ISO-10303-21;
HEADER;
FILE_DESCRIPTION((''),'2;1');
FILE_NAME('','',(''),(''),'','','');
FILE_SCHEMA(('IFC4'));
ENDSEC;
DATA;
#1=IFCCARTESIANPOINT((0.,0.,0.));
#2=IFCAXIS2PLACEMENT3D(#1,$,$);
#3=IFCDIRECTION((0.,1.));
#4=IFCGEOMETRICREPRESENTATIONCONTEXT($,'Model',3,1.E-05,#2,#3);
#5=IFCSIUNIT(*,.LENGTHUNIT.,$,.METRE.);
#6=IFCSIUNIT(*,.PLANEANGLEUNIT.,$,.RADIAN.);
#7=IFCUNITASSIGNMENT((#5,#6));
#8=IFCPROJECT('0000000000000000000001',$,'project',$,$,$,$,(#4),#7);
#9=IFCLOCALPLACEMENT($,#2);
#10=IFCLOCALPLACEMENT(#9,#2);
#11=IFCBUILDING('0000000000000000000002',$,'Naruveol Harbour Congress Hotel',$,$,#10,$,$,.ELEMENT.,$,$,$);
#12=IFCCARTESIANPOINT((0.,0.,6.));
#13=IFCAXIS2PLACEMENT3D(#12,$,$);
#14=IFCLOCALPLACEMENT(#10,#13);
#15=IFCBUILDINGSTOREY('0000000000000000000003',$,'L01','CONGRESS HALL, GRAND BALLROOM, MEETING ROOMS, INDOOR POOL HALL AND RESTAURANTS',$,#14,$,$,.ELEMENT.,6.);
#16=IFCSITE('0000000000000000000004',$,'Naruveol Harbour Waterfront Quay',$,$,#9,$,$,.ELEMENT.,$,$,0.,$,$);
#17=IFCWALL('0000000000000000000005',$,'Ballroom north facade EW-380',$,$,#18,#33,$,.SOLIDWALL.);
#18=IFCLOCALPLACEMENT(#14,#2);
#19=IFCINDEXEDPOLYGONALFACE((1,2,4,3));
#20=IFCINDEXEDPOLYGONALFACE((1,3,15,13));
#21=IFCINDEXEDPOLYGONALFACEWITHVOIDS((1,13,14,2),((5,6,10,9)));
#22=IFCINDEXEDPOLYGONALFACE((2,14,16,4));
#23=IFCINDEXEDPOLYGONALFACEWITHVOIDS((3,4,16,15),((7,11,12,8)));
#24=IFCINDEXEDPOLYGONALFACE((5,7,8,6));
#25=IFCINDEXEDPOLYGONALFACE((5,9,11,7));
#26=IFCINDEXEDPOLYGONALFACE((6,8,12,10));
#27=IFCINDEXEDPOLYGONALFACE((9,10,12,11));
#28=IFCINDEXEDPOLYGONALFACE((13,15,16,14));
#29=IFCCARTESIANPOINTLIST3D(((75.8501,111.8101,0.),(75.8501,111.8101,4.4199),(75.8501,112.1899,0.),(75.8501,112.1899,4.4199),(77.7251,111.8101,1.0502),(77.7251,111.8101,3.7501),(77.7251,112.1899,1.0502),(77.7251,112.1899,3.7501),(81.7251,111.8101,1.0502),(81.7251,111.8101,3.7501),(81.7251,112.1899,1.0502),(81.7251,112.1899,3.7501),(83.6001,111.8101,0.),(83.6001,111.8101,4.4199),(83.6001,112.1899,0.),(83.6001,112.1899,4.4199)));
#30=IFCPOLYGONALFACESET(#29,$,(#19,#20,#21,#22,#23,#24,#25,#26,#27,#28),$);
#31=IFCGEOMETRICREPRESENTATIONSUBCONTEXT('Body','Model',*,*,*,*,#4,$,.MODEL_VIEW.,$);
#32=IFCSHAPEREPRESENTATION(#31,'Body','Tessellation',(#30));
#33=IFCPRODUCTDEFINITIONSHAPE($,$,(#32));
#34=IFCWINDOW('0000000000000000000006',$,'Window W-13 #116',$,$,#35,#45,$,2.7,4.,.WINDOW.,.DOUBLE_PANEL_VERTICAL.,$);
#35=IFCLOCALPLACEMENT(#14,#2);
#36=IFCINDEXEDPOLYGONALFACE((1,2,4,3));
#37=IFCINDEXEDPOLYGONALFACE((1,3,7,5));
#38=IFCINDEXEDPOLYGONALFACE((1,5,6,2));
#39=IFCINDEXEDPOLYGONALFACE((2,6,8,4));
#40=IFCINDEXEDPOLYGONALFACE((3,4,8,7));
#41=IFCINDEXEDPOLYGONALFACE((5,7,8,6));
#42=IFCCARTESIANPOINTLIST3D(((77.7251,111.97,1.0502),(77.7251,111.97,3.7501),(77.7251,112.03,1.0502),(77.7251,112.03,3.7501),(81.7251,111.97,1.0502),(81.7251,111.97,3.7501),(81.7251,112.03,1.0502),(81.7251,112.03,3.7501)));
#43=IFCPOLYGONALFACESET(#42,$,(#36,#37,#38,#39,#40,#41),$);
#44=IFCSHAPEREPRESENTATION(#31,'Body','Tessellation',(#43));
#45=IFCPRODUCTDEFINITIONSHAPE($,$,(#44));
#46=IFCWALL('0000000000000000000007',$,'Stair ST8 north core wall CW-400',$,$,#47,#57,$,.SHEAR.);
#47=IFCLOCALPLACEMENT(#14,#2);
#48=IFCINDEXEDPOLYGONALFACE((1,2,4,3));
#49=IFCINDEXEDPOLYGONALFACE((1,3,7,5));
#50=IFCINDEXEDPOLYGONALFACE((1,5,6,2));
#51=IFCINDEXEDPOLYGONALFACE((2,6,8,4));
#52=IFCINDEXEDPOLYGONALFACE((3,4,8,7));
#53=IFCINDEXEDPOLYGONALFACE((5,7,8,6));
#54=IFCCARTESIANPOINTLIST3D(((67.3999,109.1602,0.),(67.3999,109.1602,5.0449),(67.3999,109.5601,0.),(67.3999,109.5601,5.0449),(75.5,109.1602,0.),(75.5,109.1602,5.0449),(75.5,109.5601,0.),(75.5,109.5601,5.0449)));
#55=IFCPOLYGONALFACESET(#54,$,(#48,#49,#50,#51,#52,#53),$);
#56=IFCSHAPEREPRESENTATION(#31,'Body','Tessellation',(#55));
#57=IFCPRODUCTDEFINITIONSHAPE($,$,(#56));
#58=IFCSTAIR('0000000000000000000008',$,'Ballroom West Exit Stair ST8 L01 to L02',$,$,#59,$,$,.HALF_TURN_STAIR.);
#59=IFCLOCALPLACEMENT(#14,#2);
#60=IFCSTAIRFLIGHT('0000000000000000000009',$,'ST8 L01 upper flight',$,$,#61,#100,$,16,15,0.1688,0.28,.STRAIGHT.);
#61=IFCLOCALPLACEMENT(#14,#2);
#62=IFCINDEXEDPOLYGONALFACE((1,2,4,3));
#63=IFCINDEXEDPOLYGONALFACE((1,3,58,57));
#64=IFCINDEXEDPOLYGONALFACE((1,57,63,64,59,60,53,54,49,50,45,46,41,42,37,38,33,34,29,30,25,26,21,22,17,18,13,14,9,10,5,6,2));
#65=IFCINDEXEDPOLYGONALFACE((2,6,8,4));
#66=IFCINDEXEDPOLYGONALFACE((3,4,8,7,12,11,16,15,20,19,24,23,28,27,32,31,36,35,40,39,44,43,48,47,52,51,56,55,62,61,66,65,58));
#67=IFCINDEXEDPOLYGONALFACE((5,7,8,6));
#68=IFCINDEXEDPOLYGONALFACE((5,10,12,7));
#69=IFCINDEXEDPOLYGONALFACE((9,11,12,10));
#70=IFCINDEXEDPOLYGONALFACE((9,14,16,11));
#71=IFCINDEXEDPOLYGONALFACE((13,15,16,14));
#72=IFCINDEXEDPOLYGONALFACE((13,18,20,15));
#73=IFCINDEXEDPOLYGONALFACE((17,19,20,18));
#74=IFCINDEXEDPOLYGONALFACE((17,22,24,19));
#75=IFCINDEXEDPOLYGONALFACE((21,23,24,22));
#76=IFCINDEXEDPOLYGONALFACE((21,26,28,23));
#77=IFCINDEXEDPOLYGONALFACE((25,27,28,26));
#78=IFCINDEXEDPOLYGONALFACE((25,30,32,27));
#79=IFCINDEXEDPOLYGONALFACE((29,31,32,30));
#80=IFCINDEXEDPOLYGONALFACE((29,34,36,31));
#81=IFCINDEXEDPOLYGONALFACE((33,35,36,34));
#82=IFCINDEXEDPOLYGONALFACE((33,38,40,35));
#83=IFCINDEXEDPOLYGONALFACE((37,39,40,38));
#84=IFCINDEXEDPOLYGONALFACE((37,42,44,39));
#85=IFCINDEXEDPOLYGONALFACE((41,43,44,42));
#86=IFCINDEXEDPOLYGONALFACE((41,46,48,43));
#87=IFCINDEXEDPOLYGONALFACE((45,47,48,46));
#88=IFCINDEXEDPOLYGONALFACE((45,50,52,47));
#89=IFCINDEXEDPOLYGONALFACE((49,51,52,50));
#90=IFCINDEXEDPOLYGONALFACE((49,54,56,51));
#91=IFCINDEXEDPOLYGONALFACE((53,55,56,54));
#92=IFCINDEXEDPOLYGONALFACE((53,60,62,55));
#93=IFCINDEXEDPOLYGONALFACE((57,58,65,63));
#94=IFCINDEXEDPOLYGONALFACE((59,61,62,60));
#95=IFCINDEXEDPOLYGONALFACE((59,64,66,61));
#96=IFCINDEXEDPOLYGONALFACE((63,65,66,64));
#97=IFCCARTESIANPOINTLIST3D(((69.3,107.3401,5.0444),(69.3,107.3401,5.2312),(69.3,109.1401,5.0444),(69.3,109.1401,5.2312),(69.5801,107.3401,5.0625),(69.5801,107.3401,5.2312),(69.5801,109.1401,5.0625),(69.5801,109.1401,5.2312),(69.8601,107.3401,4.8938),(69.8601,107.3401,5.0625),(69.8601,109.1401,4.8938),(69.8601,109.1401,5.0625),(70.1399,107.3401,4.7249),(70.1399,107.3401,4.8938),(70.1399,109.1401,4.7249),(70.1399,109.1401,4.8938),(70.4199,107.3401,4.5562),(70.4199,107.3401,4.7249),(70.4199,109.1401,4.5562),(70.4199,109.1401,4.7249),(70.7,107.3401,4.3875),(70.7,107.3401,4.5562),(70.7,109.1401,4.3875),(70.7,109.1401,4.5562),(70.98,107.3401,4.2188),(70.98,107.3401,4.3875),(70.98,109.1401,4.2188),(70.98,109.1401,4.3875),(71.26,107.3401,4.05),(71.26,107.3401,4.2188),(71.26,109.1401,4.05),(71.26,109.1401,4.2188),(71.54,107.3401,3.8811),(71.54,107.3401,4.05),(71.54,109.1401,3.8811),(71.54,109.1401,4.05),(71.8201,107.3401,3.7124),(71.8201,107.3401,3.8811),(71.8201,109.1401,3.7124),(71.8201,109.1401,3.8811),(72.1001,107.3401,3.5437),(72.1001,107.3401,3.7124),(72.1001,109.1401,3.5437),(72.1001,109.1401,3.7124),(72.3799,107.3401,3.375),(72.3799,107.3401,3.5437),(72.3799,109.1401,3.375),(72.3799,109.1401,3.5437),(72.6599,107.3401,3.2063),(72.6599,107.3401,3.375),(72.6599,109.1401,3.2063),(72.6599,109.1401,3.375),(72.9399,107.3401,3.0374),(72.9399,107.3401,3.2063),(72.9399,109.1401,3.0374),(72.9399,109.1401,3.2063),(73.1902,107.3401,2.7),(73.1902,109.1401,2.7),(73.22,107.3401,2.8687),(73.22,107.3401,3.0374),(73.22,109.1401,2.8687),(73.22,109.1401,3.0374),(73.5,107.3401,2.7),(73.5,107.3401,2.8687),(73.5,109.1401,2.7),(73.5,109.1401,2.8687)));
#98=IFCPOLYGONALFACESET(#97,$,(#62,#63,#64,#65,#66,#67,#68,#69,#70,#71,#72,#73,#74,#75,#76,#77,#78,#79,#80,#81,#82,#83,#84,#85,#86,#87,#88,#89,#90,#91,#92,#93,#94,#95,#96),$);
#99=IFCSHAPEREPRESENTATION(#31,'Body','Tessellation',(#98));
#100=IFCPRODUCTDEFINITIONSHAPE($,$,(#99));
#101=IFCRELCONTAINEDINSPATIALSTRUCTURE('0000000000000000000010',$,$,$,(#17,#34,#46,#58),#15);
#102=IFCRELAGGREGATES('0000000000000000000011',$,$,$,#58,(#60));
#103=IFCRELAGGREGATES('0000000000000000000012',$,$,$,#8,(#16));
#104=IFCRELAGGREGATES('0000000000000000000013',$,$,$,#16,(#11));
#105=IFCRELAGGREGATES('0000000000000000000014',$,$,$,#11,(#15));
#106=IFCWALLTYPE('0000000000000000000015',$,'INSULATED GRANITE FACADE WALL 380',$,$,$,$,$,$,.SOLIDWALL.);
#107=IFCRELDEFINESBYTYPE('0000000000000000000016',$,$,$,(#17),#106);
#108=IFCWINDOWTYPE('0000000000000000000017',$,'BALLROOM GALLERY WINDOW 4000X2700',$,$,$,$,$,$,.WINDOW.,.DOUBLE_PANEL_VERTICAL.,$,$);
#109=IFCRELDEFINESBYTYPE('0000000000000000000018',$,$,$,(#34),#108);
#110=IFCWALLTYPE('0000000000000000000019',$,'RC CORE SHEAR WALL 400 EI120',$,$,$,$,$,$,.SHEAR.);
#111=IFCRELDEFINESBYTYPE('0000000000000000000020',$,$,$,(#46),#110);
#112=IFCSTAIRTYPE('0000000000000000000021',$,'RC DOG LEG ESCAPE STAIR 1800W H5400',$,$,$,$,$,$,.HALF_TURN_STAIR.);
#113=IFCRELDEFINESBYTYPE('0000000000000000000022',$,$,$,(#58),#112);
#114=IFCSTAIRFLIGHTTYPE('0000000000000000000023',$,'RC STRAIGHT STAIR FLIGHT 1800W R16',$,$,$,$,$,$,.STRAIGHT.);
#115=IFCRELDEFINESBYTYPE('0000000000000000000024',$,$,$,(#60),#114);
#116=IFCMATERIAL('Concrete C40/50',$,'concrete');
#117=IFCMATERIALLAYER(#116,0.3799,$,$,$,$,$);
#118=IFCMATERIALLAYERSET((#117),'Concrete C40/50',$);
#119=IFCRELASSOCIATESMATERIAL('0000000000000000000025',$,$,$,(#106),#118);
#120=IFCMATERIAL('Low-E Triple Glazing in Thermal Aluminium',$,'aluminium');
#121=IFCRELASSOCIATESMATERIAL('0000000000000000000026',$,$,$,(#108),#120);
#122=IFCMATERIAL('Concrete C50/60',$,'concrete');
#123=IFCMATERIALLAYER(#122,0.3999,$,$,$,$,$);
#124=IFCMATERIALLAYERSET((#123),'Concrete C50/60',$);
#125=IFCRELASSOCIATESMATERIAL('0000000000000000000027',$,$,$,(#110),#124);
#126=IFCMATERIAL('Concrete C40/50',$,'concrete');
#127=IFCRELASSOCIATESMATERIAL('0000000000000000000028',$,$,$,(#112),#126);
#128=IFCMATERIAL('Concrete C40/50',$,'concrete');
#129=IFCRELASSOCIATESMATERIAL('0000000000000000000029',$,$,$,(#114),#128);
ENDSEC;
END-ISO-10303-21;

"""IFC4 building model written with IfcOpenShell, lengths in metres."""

from ifc_helpers import new_model, si_unit, direction, frame, frame_2d, origin, place, context, subcontext, project, spatial, polyline, rectangle, outline, extrude, material, layer, layer_set, type_object, element, fill, aggregate, save


model = new_model("IFC4")

# Units and contexts
model_context = context("Model", 3, precision=1e-05, world=origin(), true_north=direction((0.0, 1.0)))
body_context = subcontext(model_context, "Body", "Model", "MODEL_VIEW")
ifc_project = project(units=[si_unit("LENGTHUNIT", "METRE"), si_unit("PLANEANGLEUNIT", "RADIAN")], contexts=[model_context])

# Site, building, storey
site_placement = place(None, origin())
site = spatial("IfcSite", under=ifc_project, at=site_placement, Name="Naruveol Harbour Waterfront Quay", CompositionType="ELEMENT", RefElevation=0.0)
building_placement = place(site_placement, origin())
building = spatial("IfcBuilding", under=site, at=building_placement, Name="Naruveol Harbour Congress Hotel", CompositionType="ELEMENT")
storey_placement = place(building_placement, frame((0.0, 0.0, 6.0)))
storey = spatial("IfcBuildingStorey", under=building, at=storey_placement, Name="L01", Description="CONGRESS HALL, GRAND BALLROOM, MEETING ROOMS, INDOOR POOL HALL AND RESTAURANTS", CompositionType="ELEMENT", Elevation=6.0)

# Wall, opening, window
ifc_material_1 = material(Name="Concrete C40/50", Category="concrete")
ifc_layer_1 = layer(ifc_material_1, 0.3799)
ifc_layer_set_1 = layer_set([ifc_layer_1], Name="Concrete C40/50")
wall_type_1 = type_object("IfcWallType", Name="INSULATED GRANITE FACADE WALL 380", PredefinedType="SOLIDWALL", material=ifc_layer_set_1)
ifc_material_2 = material(Name="Low-E Triple Glazing in Thermal Aluminium", Category="aluminium")
window_type = type_object("IfcWindowType", Name="BALLROOM GALLERY WINDOW 4000X2700", PartitioningType="DOUBLE_PANEL_VERTICAL", PredefinedType="WINDOW", material=ifc_material_2)
wall_1_placement = place(storey_placement, frame((75.8501, 112.0, 0.0), z_axis=(0.0, 0.0, 1.0), x_axis=(1.0, 0.0, 0.0)))
wall_1 = element("IfcWall", 1, at=wall_1_placement, inside=storey, type_object=wall_type_1, Name="Ballroom north facade EW-380", PredefinedType="SOLIDWALL", context=body_context, shape_type="SweptSolid", body=[
    extrude(rectangle(XDim=7.75, YDim=0.3799, at=frame_2d((3.875, 0.0))), origin(), (0.0, 0.0, 1.0), 4.4199),
])
opening_1_placement = place(wall_1_placement, frame((1.875, 0.0, 1.05)))
opening_1 = element("IfcOpeningElement", 2, at=opening_1_placement, cuts=wall_1, PredefinedType="OPENING", context=body_context, shape_type="SweptSolid", body=[
    extrude(rectangle(XDim=4.0, YDim=2.7, at=frame_2d((2.0, 1.3501))), frame((0.0, 0.2, 0.0), z_axis=(0.0, -1.0, 0.0), x_axis=(1.0, 0.0, 0.0)), (0.0, 0.0, 1.0), 0.3999),
])
window_1_placement = place(opening_1_placement, origin())
window_1 = element("IfcWindow", 3, at=window_1_placement, inside=storey, type_object=window_type, Name="Window W-13 #116", OverallHeight=2.7, OverallWidth=4.0, PartitioningType="DOUBLE_PANEL_VERTICAL", PredefinedType="WINDOW", context=body_context, shape_type="SweptSolid", body=[
    extrude(rectangle(XDim=4.0, YDim=2.7, at=frame_2d((2.0, 1.3501))), frame((0.0, 0.03, 0.0), z_axis=(0.0, -1.0, 0.0), x_axis=(1.0, 0.0, 0.0)), (0.0, 0.0, 1.0), 0.0601),
])
fill(opening_1, window_1)

# Wall
ifc_material_3 = material(Name="Concrete C50/60", Category="concrete")
ifc_layer_2 = layer(ifc_material_3, 0.3999)
ifc_layer_set_2 = layer_set([ifc_layer_2], Name="Concrete C50/60")
wall_type_2 = type_object("IfcWallType", Name="RC CORE SHEAR WALL 400 EI120", PredefinedType="SHEAR", material=ifc_layer_set_2)
wall_2_placement = place(storey_placement, frame((67.3999, 109.3601, 0.0), z_axis=(0.0, 0.0, 1.0), x_axis=(1.0, 0.0, 0.0)))
element("IfcWall", 4, at=wall_2_placement, inside=storey, type_object=wall_type_2, Name="Stair ST8 north core wall CW-400", PredefinedType="SHEAR", context=body_context, shape_type="SweptSolid", body=[
    extrude(rectangle(XDim=8.1001, YDim=0.3999, at=frame_2d((4.05, 0.0))), origin(), (0.0, 0.0, 1.0), 5.0449),
])

# Stair, stair flight
ifc_material_4 = material(Name="Concrete C40/50", Category="concrete")
stair_type = type_object("IfcStairType", Name="RC DOG LEG ESCAPE STAIR 1800W H5400", PredefinedType="HALF_TURN_STAIR", material=ifc_material_4)
stair_placement = place(storey_placement, origin())
stair = element("IfcStair", 5, at=stair_placement, inside=storey, type_object=stair_type, Name="Ballroom West Exit Stair ST8 L01 to L02", PredefinedType="HALF_TURN_STAIR")
ifc_material_5 = material(Name="Concrete C40/50", Category="concrete")
stair_flight_type = type_object("IfcStairFlightType", Name="RC STRAIGHT STAIR FLIGHT 1800W R16", PredefinedType="STRAIGHT", material=ifc_material_5)
stair_flight_placement = place(storey_placement, frame((73.5, 108.24, 2.7), z_axis=(0.0, 0.0, 1.0), x_axis=(-1.0, 0.0, 0.0)))
stair_flight = element("IfcStairFlight", 6, at=stair_flight_placement, type_object=stair_flight_type, Name="ST8 L01 upper flight", NumberOfRisers=16, NumberOfTreads=15, PredefinedType="STRAIGHT", RiserHeight=0.1688, TreadLength=0.28, context=body_context, shape_type="SweptSolid", body=[
    extrude(outline(polyline([(0.0, 0.0), (0.0, 0.1687), (0.28, 0.1687), (0.28, 0.3374), (0.5601, 0.3374), (0.5601, 0.5063), (0.8401, 0.5063), (0.8401, 0.675), (1.1201, 0.675), (1.1201, 0.8438), (1.3999, 0.8438), (1.3999, 1.0125), (1.6799, 1.0125), (1.6799, 1.1812), (1.96, 1.1812), (1.96, 1.3501), (2.24, 1.3501), (2.24, 1.5188), (2.52, 1.5188), (2.52, 1.6875), (2.8, 1.6875), (2.8, 1.8562), (3.0801, 1.8562), (3.0801, 2.0249), (3.3601, 2.0249), (3.3601, 2.1938), (3.6399, 2.1938), (3.6399, 2.3625), (3.9199, 2.3625), (3.9199, 2.5312), (4.2, 2.5312), (4.2, 2.7), (4.2, 2.3445), (0.3098, 0.0), (0.0, 0.0)])), frame((0.0, 0.8999, 0.0), z_axis=(0.0, -1.0, 0.0), x_axis=(1.0, 0.0, 0.0)), (0.0, 0.0, 1.0), 1.8),
])
aggregate(stair, [stair_flight])

save(model, "model.ifc")
